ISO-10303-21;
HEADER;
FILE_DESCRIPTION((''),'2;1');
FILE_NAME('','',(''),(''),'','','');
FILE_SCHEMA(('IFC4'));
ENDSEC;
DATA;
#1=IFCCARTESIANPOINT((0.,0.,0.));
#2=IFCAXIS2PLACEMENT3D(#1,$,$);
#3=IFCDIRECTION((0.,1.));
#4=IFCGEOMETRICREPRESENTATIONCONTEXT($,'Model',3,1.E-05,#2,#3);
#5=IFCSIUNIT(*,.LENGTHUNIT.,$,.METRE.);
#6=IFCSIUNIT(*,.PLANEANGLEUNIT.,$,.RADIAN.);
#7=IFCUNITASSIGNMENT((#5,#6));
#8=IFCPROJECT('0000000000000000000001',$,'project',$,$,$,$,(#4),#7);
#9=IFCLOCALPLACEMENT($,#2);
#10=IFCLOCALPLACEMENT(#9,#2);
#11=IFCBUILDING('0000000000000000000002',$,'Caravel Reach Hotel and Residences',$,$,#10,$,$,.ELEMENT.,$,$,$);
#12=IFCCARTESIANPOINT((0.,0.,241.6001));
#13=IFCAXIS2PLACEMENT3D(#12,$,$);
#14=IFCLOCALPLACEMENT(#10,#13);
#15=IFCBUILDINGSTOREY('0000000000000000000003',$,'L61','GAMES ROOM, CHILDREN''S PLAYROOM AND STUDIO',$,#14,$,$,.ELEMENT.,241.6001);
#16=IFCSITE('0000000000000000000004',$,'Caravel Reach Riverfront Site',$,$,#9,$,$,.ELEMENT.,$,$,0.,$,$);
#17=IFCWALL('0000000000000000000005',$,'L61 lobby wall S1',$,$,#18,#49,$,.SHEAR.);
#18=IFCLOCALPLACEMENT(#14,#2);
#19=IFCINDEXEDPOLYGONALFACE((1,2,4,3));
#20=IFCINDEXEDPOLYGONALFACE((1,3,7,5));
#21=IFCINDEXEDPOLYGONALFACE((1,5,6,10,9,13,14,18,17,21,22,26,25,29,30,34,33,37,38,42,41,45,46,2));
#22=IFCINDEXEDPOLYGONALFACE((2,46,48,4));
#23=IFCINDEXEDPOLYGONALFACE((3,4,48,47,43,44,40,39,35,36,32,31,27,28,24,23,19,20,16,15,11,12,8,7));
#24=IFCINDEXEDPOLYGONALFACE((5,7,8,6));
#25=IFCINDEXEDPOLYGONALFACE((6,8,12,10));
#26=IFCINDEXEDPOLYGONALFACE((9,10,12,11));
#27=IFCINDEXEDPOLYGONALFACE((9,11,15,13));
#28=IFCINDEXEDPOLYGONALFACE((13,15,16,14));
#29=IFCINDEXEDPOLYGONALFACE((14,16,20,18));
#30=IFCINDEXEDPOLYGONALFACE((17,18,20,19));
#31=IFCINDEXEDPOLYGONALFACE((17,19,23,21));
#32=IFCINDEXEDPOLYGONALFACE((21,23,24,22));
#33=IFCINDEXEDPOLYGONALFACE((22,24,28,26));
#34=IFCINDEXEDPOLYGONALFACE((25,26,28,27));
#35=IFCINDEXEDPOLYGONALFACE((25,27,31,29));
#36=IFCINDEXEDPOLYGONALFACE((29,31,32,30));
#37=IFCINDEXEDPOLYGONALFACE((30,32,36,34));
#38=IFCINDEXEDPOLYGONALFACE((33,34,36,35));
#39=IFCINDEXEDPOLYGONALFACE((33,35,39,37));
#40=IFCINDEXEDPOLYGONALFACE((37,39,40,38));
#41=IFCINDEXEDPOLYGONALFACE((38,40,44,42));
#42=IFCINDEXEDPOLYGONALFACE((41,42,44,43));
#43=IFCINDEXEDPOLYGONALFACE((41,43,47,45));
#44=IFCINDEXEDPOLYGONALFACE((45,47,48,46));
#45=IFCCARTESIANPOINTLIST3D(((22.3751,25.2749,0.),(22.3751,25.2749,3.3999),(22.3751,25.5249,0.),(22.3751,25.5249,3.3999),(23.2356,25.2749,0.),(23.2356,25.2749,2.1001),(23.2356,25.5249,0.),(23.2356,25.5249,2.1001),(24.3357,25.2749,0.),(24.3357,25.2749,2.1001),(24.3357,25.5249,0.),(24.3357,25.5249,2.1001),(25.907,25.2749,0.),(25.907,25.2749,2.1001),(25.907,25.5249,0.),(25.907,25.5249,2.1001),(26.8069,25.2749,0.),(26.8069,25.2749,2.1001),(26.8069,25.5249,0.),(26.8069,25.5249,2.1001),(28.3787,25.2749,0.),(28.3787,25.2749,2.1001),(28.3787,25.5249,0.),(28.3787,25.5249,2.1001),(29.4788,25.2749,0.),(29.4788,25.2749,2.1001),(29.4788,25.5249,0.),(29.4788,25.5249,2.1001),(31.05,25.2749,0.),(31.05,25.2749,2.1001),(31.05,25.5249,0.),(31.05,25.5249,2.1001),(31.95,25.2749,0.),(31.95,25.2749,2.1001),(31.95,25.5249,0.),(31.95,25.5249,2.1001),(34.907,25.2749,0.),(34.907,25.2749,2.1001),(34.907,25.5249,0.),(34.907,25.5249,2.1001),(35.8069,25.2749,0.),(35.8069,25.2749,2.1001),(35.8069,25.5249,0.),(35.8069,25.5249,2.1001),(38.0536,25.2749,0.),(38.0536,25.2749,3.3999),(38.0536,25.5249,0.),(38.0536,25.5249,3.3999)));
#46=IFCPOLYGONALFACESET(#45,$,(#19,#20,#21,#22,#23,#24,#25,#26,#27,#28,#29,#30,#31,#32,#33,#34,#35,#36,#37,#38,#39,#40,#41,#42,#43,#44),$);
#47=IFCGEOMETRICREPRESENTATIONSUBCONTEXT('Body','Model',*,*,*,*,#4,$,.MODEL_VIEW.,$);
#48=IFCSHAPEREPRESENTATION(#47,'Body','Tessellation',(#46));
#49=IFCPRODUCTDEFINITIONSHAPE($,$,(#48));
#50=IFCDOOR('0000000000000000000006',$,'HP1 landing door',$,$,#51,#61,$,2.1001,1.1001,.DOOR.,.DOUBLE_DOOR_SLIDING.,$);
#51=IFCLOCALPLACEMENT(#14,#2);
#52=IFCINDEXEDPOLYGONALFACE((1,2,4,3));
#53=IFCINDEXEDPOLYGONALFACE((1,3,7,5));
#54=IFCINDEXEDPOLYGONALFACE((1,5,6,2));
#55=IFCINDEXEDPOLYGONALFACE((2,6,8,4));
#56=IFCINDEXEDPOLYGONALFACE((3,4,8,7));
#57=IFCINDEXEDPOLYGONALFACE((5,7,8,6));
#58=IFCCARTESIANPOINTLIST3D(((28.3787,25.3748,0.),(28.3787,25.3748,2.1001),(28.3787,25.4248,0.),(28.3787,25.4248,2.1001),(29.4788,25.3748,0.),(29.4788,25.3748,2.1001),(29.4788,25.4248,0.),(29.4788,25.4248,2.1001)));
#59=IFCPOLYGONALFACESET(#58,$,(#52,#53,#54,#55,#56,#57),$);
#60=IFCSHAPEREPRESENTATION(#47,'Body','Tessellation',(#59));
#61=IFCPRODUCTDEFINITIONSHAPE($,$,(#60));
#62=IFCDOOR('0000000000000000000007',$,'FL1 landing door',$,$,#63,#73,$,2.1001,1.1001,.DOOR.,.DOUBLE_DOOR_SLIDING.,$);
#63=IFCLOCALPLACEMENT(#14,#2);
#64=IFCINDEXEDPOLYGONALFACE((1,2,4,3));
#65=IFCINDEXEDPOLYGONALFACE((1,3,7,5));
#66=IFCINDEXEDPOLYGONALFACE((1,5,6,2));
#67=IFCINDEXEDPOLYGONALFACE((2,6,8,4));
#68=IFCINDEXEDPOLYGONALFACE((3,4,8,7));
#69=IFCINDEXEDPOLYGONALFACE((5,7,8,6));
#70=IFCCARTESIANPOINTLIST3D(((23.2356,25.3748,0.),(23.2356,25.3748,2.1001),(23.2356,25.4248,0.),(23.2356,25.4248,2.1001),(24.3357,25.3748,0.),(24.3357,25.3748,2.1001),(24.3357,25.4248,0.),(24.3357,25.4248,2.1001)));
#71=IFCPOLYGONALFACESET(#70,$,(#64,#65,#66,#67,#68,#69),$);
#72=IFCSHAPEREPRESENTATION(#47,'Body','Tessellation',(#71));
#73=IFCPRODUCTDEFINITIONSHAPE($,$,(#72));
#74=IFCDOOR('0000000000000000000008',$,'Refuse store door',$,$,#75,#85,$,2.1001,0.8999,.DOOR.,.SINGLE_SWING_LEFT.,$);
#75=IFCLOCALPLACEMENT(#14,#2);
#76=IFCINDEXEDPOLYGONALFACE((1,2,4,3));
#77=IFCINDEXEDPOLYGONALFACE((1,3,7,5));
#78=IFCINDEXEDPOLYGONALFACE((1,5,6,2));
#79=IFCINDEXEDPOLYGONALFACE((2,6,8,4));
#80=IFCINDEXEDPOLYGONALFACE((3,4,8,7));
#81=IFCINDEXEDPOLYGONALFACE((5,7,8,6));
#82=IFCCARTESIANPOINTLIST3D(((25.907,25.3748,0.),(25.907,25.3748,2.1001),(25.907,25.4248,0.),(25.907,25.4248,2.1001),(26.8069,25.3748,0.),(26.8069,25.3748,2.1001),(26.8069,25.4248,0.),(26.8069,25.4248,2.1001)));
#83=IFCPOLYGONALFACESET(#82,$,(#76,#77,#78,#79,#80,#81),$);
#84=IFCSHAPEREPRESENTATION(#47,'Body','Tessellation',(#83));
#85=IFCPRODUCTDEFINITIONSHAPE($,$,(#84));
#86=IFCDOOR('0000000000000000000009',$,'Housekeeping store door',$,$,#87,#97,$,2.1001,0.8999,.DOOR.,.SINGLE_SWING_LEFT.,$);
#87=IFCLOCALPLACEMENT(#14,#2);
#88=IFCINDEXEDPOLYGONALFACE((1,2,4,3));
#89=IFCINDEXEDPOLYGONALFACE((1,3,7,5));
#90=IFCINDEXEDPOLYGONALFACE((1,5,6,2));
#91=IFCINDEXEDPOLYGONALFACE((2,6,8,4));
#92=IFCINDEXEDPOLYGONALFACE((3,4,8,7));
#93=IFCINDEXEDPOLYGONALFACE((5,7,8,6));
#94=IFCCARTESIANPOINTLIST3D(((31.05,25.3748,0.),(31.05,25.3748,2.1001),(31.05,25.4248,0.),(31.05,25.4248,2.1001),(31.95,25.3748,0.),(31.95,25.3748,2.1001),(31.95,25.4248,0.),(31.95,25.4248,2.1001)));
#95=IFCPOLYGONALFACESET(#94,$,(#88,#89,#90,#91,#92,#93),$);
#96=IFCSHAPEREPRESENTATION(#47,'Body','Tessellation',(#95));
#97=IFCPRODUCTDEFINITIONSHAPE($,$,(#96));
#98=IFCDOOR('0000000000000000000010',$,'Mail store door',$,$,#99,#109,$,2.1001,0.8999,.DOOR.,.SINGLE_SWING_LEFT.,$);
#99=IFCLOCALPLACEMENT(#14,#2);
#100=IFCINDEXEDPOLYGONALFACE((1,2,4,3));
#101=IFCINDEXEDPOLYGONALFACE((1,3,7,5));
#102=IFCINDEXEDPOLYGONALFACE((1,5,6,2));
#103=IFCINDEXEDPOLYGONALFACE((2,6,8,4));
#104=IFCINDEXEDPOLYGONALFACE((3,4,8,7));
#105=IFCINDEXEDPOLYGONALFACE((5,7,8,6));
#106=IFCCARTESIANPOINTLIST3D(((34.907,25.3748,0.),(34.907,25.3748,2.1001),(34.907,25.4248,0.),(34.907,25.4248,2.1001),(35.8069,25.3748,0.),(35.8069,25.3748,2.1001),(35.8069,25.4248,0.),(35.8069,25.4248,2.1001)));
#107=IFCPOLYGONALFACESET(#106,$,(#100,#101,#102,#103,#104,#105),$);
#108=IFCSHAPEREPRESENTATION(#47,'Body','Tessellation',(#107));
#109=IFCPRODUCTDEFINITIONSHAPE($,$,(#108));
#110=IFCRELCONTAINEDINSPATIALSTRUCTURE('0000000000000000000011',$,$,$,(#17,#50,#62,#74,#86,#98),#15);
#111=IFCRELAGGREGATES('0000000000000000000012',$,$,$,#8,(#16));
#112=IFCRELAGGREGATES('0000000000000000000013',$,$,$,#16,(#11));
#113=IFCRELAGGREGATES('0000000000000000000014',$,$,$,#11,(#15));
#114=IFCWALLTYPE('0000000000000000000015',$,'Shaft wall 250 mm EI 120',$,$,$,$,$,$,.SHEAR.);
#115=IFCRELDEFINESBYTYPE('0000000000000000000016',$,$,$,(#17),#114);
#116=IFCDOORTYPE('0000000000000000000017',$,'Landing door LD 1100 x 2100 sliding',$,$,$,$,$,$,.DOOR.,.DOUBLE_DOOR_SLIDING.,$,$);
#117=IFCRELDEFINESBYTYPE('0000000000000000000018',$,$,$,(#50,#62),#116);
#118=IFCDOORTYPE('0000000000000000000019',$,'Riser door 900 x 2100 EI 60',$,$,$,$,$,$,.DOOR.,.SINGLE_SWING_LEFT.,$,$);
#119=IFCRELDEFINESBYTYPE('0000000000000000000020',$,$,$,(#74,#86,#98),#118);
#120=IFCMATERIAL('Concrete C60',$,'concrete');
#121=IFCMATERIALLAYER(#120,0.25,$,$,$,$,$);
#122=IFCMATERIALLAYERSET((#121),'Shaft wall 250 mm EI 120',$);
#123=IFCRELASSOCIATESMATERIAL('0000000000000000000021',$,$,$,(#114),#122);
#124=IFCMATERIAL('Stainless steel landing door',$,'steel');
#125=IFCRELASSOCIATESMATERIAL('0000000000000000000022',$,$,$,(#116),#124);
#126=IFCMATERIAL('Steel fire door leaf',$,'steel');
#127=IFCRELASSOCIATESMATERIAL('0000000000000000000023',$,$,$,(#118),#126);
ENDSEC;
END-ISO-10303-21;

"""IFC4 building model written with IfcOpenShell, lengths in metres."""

from ifc_helpers import new_model, si_unit, direction, frame, frame_2d, origin, place, context, subcontext, project, spatial, rectangle, extrude, material, layer, layer_set, type_object, element, fill, save


model = new_model("IFC4")

# Units and contexts
model_context = context("Model", 3, precision=1e-05, world=origin(), true_north=direction((0.0, 1.0)))
body_context = subcontext(model_context, "Body", "Model", "MODEL_VIEW")
ifc_project = project(units=[si_unit("LENGTHUNIT", "METRE"), si_unit("PLANEANGLEUNIT", "RADIAN")], contexts=[model_context])

# Site, building, storey
site_placement = place(None, origin())
site = spatial("IfcSite", under=ifc_project, at=site_placement, Name="Caravel Reach Riverfront Site", CompositionType="ELEMENT", RefElevation=0.0)
building_placement = place(site_placement, origin())
building = spatial("IfcBuilding", under=site, at=building_placement, Name="Caravel Reach Hotel and Residences", CompositionType="ELEMENT")
storey_placement = place(building_placement, frame((0.0, 0.0, 241.6001)))
storey = spatial("IfcBuildingStorey", under=building, at=storey_placement, Name="L61", Description="GAMES ROOM, CHILDREN'S PLAYROOM AND STUDIO", CompositionType="ELEMENT", Elevation=241.6001)

# Wall, openings, doors
ifc_material_1 = material(Name="Concrete C60", Category="concrete")
ifc_layer_1 = layer(ifc_material_1, 0.25)
ifc_layer_set_1 = layer_set([ifc_layer_1], Name="Shaft wall 250 mm EI 120")
wall_type_1 = type_object("IfcWallType", Name="Shaft wall 250 mm EI 120", PredefinedType="SHEAR", material=ifc_layer_set_1)
wall_1_placement = place(storey_placement, frame((22.375, 25.3999, 0.0), z_axis=(0.0, 0.0, 1.0), x_axis=(1.0, 0.0, 0.0)))
wall_1 = element("IfcWall", 1, at=wall_1_placement, inside=storey, type_object=wall_type_1, Name="L61 lobby wall S1", PredefinedType="SHEAR", context=body_context, shape_type="SweptSolid", body=[
    extrude(rectangle(XDim=15.6785, YDim=0.25, at=frame_2d((7.8394, 0.0))), origin(), (0.0, 0.0, 1.0), 3.3999),
])
opening_1_placement = place(wall_1_placement, frame((6.0037, 0.0, 0.0)))
opening_1 = element("IfcOpeningElement", 2, at=opening_1_placement, cuts=wall_1, PredefinedType="OPENING", context=body_context, shape_type="SweptSolid", body=[
    extrude(rectangle(XDim=1.1001, YDim=2.1001, at=frame_2d((0.55, 1.05))), frame((0.0, 0.135, 0.0), z_axis=(0.0, -1.0, 0.0), x_axis=(1.0, 0.0, 0.0)), (0.0, 0.0, 1.0), 0.27),
])
opening_2_placement = place(wall_1_placement, frame((0.8606, 0.0, 0.0)))
opening_2 = element("IfcOpeningElement", 3, at=opening_2_placement, cuts=wall_1, PredefinedType="OPENING", context=body_context, shape_type="SweptSolid", body=[
    extrude(rectangle(XDim=1.1001, YDim=2.1001, at=frame_2d((0.55, 1.05))), frame((0.0, 0.135, 0.0), z_axis=(0.0, -1.0, 0.0), x_axis=(1.0, 0.0, 0.0)), (0.0, 0.0, 1.0), 0.27),
])
opening_3_placement = place(wall_1_placement, frame((3.532, 0.0, 0.0)))
opening_3 = element("IfcOpeningElement", 4, at=opening_3_placement, cuts=wall_1, PredefinedType="OPENING", context=body_context, shape_type="SweptSolid", body=[
    extrude(rectangle(XDim=0.8999, YDim=2.1001, at=frame_2d((0.45, 1.05))), frame((0.0, 0.135, 0.0), z_axis=(0.0, -1.0, 0.0), x_axis=(1.0, 0.0, 0.0)), (0.0, 0.0, 1.0), 0.27),
])
opening_4_placement = place(wall_1_placement, frame((8.675, 0.0, 0.0)))
opening_4 = element("IfcOpeningElement", 5, at=opening_4_placement, cuts=wall_1, PredefinedType="OPENING", context=body_context, shape_type="SweptSolid", body=[
    extrude(rectangle(XDim=0.8999, YDim=2.1001, at=frame_2d((0.45, 1.05))), frame((0.0, 0.135, 0.0), z_axis=(0.0, -1.0, 0.0), x_axis=(1.0, 0.0, 0.0)), (0.0, 0.0, 1.0), 0.27),
])
opening_5_placement = place(wall_1_placement, frame((12.532, 0.0, 0.0)))
opening_5 = element("IfcOpeningElement", 6, at=opening_5_placement, cuts=wall_1, PredefinedType="OPENING", context=body_context, shape_type="SweptSolid", body=[
    extrude(rectangle(XDim=0.8999, YDim=2.1001, at=frame_2d((0.45, 1.05))), frame((0.0, 0.135, 0.0), z_axis=(0.0, -1.0, 0.0), x_axis=(1.0, 0.0, 0.0)), (0.0, 0.0, 1.0), 0.27),
])
ifc_material_2 = material(Name="Stainless steel landing door", Category="steel")
door_type_1 = type_object("IfcDoorType", Name="Landing door LD 1100 x 2100 sliding", OperationType="DOUBLE_DOOR_SLIDING", PredefinedType="DOOR", material=ifc_material_2)
door_1_placement = place(opening_1_placement, origin())
door_1 = element("IfcDoor", 7, at=door_1_placement, inside=storey, type_object=door_type_1, Name="HP1 landing door", OperationType="DOUBLE_DOOR_SLIDING", OverallHeight=2.1001, OverallWidth=1.1001, PredefinedType="DOOR", context=body_context, shape_type="SweptSolid", body=[
    extrude(rectangle(XDim=1.1001, YDim=2.1001, at=frame_2d((0.55, 1.05))), frame((0.0, 0.0249, 0.0), z_axis=(0.0, -1.0, 0.0), x_axis=(1.0, 0.0, 0.0)), (0.0, 0.0, 1.0), 0.05),
])
fill(opening_1, door_1)
door_2_placement = place(opening_2_placement, origin())
door_2 = element("IfcDoor", 8, at=door_2_placement, inside=storey, type_object=door_type_1, Name="FL1 landing door", OperationType="DOUBLE_DOOR_SLIDING", OverallHeight=2.1001, OverallWidth=1.1001, PredefinedType="DOOR", context=body_context, shape_type="SweptSolid", body=[
    extrude(rectangle(XDim=1.1001, YDim=2.1001, at=frame_2d((0.55, 1.05))), frame((0.0, 0.0249, 0.0), z_axis=(0.0, -1.0, 0.0), x_axis=(1.0, 0.0, 0.0)), (0.0, 0.0, 1.0), 0.05),
])
fill(opening_2, door_2)
ifc_material_3 = material(Name="Steel fire door leaf", Category="steel")
door_type_2 = type_object("IfcDoorType", Name="Riser door 900 x 2100 EI 60", OperationType="SINGLE_SWING_LEFT", PredefinedType="DOOR", material=ifc_material_3)
door_3_placement = place(opening_3_placement, origin())
door_3 = element("IfcDoor", 9, at=door_3_placement, inside=storey, type_object=door_type_2, Name="Refuse store door", OperationType="SINGLE_SWING_LEFT", OverallHeight=2.1001, OverallWidth=0.8999, PredefinedType="DOOR", context=body_context, shape_type="SweptSolid", body=[
    extrude(rectangle(XDim=0.8999, YDim=2.1001, at=frame_2d((0.45, 1.05))), frame((0.0, 0.0249, 0.0), z_axis=(0.0, -1.0, 0.0), x_axis=(1.0, 0.0, 0.0)), (0.0, 0.0, 1.0), 0.05),
])
fill(opening_3, door_3)
door_4_placement = place(opening_4_placement, origin())
door_4 = element("IfcDoor", 10, at=door_4_placement, inside=storey, type_object=door_type_2, Name="Housekeeping store door", OperationType="SINGLE_SWING_LEFT", OverallHeight=2.1001, OverallWidth=0.8999, PredefinedType="DOOR", context=body_context, shape_type="SweptSolid", body=[
    extrude(rectangle(XDim=0.8999, YDim=2.1001, at=frame_2d((0.45, 1.05))), frame((0.0, 0.0249, 0.0), z_axis=(0.0, -1.0, 0.0), x_axis=(1.0, 0.0, 0.0)), (0.0, 0.0, 1.0), 0.05),
])
fill(opening_4, door_4)
door_5_placement = place(opening_5_placement, origin())
door_5 = element("IfcDoor", 11, at=door_5_placement, inside=storey, type_object=door_type_2, Name="Mail store door", OperationType="SINGLE_SWING_LEFT", OverallHeight=2.1001, OverallWidth=0.8999, PredefinedType="DOOR", context=body_context, shape_type="SweptSolid", body=[
    extrude(rectangle(XDim=0.8999, YDim=2.1001, at=frame_2d((0.45, 1.05))), frame((0.0, 0.0249, 0.0), z_axis=(0.0, -1.0, 0.0), x_axis=(1.0, 0.0, 0.0)), (0.0, 0.0, 1.0), 0.05),
])
fill(opening_5, door_5)

save(model, "model.ifc")
